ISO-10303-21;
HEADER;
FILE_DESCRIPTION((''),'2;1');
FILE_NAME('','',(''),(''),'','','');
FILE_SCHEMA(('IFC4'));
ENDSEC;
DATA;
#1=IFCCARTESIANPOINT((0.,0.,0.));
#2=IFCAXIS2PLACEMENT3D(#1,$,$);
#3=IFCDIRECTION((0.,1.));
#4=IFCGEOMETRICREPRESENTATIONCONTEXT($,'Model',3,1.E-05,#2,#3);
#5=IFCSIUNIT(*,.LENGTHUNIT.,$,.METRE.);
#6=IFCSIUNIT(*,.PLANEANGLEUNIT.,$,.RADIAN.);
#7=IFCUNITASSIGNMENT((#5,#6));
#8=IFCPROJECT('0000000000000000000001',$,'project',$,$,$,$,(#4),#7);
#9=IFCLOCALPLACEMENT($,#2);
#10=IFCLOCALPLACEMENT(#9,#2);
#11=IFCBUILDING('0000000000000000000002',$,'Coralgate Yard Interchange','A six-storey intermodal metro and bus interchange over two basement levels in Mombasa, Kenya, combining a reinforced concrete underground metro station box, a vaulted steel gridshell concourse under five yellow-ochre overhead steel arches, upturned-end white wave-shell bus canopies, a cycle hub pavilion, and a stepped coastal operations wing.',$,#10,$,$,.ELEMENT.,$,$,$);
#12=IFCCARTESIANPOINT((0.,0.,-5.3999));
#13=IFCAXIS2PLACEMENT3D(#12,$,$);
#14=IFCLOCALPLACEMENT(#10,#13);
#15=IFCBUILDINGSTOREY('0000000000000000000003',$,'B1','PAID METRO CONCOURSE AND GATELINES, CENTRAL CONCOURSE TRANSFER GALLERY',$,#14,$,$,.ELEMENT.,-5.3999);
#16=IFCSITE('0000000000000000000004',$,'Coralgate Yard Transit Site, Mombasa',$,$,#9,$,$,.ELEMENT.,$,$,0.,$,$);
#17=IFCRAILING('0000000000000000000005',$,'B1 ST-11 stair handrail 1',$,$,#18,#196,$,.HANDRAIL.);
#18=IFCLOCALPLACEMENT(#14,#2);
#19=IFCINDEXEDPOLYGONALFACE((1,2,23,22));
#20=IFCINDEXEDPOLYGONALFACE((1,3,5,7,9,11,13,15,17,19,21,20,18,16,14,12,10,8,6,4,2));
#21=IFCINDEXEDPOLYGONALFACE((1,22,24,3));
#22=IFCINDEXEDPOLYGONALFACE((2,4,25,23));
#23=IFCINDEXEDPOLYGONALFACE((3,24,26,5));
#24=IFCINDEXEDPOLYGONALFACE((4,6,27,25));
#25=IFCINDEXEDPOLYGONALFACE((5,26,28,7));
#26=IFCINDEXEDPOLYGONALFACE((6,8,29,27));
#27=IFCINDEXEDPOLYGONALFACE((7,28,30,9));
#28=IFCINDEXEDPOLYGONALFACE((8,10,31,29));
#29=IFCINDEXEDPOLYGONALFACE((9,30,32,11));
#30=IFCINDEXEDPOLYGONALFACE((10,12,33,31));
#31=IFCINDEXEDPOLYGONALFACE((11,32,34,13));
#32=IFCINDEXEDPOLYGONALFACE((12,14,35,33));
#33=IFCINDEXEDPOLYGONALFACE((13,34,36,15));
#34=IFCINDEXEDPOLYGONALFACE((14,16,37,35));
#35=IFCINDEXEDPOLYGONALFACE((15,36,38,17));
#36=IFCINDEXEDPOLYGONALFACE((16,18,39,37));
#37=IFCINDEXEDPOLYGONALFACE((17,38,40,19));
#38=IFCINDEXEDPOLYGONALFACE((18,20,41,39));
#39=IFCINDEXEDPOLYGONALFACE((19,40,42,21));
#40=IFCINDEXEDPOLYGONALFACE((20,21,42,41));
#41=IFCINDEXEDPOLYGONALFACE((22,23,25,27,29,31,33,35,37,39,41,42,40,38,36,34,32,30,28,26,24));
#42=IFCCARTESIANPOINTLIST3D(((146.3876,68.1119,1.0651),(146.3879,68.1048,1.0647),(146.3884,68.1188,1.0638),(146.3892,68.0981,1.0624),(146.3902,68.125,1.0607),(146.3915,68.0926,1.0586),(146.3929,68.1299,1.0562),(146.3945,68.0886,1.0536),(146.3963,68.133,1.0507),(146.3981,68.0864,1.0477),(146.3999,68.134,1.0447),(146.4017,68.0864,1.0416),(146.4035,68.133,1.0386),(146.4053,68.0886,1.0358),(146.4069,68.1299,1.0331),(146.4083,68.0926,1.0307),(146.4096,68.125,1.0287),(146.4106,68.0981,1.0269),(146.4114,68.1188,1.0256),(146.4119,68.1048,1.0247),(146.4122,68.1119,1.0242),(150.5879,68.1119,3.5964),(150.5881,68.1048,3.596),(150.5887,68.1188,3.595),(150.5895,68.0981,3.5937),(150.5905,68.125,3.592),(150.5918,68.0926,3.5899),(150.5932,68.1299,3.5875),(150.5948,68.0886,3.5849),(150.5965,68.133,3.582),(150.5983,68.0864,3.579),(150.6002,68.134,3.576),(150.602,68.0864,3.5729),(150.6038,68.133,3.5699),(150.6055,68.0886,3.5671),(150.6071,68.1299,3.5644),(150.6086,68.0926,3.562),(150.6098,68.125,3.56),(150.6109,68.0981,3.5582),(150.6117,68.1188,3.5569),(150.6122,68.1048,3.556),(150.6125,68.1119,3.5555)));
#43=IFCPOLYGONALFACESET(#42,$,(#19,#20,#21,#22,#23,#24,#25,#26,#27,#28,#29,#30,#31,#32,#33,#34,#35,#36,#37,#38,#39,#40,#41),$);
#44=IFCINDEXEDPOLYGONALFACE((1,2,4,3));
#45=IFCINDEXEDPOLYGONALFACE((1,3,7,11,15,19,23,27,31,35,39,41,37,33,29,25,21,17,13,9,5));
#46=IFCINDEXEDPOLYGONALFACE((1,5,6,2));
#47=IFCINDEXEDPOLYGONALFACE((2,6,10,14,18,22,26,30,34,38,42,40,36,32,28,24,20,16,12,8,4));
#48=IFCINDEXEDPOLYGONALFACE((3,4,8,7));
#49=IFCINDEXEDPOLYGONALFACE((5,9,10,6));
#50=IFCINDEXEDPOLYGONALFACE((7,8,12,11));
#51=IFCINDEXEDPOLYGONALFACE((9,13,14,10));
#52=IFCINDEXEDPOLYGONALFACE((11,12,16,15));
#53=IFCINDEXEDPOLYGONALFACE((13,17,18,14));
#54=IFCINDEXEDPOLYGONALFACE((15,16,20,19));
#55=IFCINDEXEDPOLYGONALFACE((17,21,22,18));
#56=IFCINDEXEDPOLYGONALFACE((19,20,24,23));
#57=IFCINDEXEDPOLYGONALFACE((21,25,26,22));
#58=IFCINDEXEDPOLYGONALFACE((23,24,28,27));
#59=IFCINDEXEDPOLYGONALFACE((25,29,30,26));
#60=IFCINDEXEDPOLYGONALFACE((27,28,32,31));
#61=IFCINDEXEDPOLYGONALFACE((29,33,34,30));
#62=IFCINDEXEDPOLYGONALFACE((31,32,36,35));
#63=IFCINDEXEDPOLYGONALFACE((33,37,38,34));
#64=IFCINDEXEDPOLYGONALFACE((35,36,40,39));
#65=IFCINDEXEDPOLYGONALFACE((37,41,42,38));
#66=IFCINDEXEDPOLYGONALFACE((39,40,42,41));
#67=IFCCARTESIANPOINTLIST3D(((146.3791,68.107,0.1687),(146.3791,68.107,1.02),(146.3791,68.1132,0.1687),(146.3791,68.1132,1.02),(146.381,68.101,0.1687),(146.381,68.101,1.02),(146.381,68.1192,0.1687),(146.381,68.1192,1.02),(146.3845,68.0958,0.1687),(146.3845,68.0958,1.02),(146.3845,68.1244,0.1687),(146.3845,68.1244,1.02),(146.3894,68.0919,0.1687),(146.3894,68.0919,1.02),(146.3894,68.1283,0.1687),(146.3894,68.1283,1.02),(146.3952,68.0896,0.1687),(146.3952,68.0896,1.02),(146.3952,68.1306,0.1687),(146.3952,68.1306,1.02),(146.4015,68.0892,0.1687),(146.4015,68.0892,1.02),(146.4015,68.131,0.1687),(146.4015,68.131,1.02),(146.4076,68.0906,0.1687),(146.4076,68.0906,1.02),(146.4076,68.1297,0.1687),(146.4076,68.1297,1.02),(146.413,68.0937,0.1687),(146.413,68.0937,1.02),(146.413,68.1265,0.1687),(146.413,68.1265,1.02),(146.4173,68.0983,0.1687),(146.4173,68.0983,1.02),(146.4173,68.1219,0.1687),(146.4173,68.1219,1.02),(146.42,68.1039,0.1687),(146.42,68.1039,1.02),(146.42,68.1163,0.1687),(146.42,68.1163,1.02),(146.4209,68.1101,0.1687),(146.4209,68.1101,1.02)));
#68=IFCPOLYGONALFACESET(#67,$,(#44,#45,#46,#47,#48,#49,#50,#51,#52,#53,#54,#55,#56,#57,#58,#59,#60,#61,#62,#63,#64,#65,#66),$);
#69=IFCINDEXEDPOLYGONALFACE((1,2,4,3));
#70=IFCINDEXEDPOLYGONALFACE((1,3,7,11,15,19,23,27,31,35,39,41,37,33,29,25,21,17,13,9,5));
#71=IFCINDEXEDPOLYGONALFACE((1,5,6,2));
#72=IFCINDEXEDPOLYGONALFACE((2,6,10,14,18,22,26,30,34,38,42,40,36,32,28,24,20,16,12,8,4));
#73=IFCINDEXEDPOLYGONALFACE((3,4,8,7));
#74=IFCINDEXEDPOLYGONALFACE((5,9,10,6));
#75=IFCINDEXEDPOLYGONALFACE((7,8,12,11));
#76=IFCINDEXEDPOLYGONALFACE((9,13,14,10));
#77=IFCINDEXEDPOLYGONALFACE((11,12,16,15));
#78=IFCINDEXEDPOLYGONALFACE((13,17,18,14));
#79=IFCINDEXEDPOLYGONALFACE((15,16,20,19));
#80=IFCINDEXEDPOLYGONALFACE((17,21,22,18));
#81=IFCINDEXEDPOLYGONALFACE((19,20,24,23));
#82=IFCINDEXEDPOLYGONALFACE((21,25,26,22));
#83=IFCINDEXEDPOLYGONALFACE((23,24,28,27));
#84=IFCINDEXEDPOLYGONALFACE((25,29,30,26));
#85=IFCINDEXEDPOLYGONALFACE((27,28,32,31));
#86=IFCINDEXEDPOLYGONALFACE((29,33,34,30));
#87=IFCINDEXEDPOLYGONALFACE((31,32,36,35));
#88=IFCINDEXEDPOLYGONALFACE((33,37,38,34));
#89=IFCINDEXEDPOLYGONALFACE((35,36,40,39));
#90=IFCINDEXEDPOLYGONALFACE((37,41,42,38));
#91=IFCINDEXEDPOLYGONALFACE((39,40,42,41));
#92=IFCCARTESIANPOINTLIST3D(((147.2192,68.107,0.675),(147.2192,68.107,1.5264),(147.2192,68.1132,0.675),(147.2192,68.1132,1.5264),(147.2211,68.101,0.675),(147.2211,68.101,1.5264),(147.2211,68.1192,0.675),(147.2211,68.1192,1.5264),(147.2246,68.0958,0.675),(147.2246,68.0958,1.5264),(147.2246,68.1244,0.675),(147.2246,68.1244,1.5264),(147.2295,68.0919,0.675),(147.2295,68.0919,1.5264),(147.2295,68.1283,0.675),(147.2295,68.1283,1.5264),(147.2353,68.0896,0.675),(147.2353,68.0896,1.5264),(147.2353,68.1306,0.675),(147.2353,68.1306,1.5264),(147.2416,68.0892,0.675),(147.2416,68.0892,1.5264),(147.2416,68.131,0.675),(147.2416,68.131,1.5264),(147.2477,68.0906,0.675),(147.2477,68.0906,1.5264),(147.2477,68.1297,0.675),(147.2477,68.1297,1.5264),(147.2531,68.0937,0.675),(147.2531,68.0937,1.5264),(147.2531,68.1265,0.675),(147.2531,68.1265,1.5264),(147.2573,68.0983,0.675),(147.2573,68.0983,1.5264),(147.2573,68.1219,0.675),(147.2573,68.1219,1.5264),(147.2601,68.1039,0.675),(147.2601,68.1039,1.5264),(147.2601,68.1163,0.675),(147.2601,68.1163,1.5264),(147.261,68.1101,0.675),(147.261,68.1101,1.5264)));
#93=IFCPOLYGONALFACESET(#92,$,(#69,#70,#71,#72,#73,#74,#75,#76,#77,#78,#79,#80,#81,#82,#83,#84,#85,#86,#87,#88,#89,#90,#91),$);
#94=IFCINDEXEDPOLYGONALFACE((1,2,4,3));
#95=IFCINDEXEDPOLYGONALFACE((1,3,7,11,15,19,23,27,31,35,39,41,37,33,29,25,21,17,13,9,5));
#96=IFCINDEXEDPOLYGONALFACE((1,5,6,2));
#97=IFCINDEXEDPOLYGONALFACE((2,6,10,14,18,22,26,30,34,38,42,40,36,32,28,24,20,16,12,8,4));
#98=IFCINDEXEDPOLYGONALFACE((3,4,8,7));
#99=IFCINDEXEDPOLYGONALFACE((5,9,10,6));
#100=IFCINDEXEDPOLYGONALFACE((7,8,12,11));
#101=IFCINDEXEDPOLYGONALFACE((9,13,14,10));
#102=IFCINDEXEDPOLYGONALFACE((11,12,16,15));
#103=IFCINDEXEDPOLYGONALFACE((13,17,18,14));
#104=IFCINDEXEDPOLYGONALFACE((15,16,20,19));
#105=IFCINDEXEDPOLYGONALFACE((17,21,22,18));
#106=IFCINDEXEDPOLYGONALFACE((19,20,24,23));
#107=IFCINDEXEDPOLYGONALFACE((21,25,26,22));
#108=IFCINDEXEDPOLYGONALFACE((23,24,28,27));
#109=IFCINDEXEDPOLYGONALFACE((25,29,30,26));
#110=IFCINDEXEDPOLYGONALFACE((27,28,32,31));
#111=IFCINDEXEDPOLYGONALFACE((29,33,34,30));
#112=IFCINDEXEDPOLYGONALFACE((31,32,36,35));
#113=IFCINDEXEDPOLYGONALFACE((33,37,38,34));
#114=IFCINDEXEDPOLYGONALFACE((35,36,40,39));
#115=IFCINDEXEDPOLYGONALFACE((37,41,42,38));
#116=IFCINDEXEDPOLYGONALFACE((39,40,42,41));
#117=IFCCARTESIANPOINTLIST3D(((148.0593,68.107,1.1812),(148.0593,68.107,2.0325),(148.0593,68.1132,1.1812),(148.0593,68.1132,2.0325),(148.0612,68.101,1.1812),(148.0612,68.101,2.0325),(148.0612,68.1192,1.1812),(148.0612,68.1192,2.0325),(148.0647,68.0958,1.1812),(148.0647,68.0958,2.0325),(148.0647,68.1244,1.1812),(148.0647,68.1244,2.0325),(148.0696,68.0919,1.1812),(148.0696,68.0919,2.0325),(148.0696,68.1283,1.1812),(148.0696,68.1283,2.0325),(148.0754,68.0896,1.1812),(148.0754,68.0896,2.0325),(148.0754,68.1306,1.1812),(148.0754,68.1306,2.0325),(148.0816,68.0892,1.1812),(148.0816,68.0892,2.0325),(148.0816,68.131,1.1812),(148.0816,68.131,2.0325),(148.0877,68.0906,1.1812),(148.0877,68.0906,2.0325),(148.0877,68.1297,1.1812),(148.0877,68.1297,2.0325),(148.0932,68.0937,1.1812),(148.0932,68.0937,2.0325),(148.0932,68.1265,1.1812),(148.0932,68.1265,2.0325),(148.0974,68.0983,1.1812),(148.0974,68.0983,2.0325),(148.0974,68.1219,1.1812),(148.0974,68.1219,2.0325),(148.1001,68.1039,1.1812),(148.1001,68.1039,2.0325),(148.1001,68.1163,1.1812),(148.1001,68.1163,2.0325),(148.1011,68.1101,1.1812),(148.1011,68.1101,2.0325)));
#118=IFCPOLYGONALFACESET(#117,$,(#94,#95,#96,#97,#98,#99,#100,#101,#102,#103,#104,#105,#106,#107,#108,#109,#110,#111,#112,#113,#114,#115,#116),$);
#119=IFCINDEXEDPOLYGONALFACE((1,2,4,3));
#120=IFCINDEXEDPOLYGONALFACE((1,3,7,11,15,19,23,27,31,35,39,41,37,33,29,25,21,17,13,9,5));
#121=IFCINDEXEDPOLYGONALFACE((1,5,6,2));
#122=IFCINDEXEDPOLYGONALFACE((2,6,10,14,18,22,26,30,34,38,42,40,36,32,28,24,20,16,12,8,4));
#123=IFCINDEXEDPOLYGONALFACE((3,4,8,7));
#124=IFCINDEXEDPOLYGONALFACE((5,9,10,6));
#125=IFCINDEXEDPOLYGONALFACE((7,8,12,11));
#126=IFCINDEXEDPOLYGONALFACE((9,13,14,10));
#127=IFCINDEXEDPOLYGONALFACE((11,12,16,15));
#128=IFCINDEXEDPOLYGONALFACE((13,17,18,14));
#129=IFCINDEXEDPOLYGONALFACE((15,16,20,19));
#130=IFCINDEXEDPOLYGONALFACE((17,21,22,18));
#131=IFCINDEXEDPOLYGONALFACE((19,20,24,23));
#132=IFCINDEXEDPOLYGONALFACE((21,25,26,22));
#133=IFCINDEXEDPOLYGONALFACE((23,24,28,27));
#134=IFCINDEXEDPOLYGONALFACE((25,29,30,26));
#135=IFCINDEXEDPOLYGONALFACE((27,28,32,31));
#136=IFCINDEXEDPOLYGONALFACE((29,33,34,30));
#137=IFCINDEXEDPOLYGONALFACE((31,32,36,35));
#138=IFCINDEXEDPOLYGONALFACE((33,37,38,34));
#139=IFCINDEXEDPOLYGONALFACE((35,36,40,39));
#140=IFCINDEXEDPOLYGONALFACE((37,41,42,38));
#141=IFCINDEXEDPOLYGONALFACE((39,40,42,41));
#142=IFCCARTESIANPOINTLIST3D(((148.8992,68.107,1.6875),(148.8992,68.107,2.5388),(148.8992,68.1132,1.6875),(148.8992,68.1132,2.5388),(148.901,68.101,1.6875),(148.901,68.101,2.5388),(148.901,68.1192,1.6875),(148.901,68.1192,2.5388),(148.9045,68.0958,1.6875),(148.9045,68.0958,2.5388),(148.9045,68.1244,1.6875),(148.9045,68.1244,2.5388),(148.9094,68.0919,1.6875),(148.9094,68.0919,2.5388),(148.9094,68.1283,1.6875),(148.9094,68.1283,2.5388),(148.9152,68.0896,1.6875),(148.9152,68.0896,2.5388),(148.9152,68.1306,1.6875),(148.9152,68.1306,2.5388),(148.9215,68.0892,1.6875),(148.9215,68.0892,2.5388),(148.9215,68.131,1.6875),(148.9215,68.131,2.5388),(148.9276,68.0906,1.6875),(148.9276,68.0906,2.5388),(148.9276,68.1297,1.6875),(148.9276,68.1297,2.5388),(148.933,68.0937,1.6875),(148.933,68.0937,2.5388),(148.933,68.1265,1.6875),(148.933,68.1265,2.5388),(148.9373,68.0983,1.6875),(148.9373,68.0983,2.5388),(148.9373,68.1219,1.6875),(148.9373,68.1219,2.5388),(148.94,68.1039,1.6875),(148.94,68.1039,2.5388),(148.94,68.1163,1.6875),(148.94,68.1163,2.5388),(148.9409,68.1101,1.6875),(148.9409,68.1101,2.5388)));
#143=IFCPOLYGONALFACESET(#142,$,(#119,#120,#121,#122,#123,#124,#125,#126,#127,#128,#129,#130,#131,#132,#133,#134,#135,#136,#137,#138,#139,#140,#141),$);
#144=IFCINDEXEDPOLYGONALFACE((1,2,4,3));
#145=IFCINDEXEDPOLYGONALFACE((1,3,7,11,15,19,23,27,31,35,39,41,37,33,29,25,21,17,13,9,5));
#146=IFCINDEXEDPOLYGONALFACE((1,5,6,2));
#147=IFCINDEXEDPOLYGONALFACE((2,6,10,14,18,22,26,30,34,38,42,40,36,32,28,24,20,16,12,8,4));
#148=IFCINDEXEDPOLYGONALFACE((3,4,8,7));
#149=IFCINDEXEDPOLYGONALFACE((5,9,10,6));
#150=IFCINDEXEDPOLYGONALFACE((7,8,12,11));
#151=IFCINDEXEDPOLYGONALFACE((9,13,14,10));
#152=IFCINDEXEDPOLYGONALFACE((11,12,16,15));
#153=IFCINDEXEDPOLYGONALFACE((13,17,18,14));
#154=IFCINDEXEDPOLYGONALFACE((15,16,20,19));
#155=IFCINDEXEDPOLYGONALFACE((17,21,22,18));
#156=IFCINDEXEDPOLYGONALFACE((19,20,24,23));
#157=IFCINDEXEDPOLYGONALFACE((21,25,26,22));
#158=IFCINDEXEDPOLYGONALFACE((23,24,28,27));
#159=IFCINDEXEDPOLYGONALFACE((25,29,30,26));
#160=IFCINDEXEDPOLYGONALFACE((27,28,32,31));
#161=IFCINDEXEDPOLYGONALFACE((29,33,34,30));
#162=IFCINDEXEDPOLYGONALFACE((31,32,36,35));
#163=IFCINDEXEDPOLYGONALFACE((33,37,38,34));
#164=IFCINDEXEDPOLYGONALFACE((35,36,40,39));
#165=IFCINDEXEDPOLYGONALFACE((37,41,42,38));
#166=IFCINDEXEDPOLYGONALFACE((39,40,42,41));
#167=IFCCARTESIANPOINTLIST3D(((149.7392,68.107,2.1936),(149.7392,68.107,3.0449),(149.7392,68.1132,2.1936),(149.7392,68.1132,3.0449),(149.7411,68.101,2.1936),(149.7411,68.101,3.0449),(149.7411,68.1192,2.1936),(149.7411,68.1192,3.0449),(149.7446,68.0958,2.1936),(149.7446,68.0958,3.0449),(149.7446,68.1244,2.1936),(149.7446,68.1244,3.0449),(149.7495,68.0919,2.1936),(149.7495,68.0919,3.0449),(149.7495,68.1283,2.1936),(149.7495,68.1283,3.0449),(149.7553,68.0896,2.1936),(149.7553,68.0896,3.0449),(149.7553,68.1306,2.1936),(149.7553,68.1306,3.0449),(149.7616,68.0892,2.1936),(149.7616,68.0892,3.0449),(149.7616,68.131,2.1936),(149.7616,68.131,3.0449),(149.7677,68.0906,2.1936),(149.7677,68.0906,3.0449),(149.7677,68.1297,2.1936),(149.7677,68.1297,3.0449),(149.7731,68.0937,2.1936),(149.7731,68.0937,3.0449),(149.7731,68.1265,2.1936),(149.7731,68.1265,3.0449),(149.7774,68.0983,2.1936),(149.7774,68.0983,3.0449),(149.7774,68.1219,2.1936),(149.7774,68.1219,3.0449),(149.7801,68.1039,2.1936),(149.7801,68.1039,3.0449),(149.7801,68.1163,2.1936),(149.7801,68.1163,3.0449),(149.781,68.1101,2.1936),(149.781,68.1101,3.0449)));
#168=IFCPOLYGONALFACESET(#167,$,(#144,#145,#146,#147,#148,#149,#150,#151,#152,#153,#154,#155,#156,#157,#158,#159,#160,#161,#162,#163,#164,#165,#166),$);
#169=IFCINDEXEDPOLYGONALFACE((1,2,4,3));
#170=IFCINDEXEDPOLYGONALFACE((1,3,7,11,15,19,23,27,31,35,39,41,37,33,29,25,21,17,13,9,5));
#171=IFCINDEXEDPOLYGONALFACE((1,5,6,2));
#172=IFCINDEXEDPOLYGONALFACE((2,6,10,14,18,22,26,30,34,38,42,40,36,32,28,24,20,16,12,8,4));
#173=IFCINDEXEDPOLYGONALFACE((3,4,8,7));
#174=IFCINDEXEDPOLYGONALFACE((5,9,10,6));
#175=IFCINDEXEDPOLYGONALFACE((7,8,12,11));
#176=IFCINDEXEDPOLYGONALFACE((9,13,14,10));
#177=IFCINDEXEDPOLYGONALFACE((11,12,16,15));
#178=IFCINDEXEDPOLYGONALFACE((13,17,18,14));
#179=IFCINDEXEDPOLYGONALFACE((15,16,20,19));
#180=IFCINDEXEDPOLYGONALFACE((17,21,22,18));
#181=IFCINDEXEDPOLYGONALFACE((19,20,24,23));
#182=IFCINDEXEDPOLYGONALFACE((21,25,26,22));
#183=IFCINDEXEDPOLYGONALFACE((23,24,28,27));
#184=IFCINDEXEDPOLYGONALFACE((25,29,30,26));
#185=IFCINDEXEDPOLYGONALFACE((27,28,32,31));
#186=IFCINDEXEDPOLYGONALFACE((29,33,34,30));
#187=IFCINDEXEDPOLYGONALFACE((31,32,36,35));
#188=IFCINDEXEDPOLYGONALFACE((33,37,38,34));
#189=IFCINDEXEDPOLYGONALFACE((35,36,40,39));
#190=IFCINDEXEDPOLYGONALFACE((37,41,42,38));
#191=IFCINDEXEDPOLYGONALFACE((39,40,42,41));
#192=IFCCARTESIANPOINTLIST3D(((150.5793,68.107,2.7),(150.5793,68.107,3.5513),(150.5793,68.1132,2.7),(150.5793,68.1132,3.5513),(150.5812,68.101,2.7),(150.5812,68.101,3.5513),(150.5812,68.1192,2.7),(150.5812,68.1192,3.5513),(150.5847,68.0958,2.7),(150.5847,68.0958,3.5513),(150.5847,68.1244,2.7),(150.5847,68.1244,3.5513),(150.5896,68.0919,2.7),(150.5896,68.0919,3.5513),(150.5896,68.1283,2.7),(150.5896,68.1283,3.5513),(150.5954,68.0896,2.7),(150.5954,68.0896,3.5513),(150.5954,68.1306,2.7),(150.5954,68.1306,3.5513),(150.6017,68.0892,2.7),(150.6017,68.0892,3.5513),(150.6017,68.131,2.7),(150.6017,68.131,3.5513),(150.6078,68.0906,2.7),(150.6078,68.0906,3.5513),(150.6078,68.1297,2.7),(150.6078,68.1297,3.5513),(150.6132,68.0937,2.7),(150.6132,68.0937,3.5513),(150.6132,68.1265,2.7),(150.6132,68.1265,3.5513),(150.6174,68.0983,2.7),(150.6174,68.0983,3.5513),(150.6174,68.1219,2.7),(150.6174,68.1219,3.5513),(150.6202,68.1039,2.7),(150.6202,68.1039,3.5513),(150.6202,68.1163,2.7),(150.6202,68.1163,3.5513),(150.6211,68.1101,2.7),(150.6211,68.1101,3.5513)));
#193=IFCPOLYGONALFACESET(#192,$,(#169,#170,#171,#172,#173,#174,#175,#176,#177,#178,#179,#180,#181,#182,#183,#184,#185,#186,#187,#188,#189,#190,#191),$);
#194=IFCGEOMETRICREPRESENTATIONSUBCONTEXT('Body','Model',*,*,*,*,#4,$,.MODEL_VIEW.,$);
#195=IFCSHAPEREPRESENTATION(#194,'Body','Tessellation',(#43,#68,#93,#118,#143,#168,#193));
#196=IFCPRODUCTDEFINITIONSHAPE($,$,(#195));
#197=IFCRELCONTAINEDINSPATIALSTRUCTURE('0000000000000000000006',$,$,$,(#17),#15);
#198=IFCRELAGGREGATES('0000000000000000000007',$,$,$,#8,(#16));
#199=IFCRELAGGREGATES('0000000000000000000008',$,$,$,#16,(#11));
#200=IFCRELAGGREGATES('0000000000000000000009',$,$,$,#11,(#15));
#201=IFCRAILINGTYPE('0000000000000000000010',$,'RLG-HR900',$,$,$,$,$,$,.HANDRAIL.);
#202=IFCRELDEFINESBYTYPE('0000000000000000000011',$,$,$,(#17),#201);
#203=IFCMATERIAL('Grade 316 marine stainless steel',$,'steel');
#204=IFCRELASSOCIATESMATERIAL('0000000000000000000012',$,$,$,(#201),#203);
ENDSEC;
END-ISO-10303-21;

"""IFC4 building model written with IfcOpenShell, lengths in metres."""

from ifc_helpers import new_model, si_unit, direction, frame, origin, origin_2d, place, context, subcontext, project, spatial, circle, extrude, material, type_object, element, save


model = new_model("IFC4")

# Units and contexts
model_context = context("Model", 3, precision=1e-05, world=origin(), true_north=direction((0.0, 1.0)))
body_context = subcontext(model_context, "Body", "Model", "MODEL_VIEW")
ifc_project = project(units=[si_unit("LENGTHUNIT", "METRE"), si_unit("PLANEANGLEUNIT", "RADIAN")], contexts=[model_context])

# Site, building, storey
site_placement = place(None, origin())
site = spatial("IfcSite", under=ifc_project, at=site_placement, Name="Coralgate Yard Transit Site, Mombasa", CompositionType="ELEMENT", RefElevation=0.0)
building_placement = place(site_placement, origin())
building = spatial("IfcBuilding", under=site, at=building_placement, Name="Coralgate Yard Interchange", Description="A six-storey intermodal metro and bus interchange over two basement levels in Mombasa, Kenya, combining a reinforced concrete underground metro station box, a vaulted steel gridshell concourse under five yellow-ochre overhead steel arches, upturned-end white wave-shell bus canopies, a cycle hub pavilion, and a stepped coastal operations wing.", CompositionType="ELEMENT")
storey_placement = place(building_placement, frame((0.0, 0.0, -5.3999)))
storey = spatial("IfcBuildingStorey", under=building, at=storey_placement, Name="B1", Description="PAID METRO CONCOURSE AND GATELINES, CENTRAL CONCOURSE TRANSFER GALLERY", CompositionType="ELEMENT", Elevation=-5.3999)

# Railing
ifc_material_1 = material(Name="Grade 316 marine stainless steel", Category="steel")
railing_type_1 = type_object("IfcRailingType", Name="RLG-HR900", PredefinedType="HANDRAIL", material=ifc_material_1)
railing_1_placement = place(storey_placement, frame((146.3999, 68.1101, 0.1687)))
element("IfcRailing", 1, at=railing_1_placement, inside=storey, type_object=railing_type_1, Name="B1 ST-11 stair handrail 1", PredefinedType="HANDRAIL", context=body_context, shape_type="SweptSolid", body=[
    extrude(circle(Radius=0.0239, at=origin_2d()), frame((0.0, 0.0, 0.876), z_axis=(0.85649, 0.0, 0.516164), x_axis=(0.0, 1.0, 0.0)), (0.0, 0.0, 1.0), 4.9041),
    extrude(circle(Radius=0.021, at=origin_2d()), origin(), (0.0, 0.0, 1.0), 0.8513),
    extrude(circle(Radius=0.021, at=origin_2d()), frame((0.8401, 0.0, 0.5063)), (0.0, 0.0, 1.0), 0.8513),
    extrude(circle(Radius=0.021, at=origin_2d()), frame((1.6802, 0.0, 1.0125)), (0.0, 0.0, 1.0), 0.8513),
    extrude(circle(Radius=0.021, at=origin_2d()), frame((2.52, 0.0, 1.5188)), (0.0, 0.0, 1.0), 0.8513),
    extrude(circle(Radius=0.021, at=origin_2d()), frame((3.3601, 0.0, 2.0249)), (0.0, 0.0, 1.0), 0.8513),
    extrude(circle(Radius=0.021, at=origin_2d()), frame((4.2002, 0.0, 2.5312)), (0.0, 0.0, 1.0), 0.8513),
])

save(model, "model.ifc")
